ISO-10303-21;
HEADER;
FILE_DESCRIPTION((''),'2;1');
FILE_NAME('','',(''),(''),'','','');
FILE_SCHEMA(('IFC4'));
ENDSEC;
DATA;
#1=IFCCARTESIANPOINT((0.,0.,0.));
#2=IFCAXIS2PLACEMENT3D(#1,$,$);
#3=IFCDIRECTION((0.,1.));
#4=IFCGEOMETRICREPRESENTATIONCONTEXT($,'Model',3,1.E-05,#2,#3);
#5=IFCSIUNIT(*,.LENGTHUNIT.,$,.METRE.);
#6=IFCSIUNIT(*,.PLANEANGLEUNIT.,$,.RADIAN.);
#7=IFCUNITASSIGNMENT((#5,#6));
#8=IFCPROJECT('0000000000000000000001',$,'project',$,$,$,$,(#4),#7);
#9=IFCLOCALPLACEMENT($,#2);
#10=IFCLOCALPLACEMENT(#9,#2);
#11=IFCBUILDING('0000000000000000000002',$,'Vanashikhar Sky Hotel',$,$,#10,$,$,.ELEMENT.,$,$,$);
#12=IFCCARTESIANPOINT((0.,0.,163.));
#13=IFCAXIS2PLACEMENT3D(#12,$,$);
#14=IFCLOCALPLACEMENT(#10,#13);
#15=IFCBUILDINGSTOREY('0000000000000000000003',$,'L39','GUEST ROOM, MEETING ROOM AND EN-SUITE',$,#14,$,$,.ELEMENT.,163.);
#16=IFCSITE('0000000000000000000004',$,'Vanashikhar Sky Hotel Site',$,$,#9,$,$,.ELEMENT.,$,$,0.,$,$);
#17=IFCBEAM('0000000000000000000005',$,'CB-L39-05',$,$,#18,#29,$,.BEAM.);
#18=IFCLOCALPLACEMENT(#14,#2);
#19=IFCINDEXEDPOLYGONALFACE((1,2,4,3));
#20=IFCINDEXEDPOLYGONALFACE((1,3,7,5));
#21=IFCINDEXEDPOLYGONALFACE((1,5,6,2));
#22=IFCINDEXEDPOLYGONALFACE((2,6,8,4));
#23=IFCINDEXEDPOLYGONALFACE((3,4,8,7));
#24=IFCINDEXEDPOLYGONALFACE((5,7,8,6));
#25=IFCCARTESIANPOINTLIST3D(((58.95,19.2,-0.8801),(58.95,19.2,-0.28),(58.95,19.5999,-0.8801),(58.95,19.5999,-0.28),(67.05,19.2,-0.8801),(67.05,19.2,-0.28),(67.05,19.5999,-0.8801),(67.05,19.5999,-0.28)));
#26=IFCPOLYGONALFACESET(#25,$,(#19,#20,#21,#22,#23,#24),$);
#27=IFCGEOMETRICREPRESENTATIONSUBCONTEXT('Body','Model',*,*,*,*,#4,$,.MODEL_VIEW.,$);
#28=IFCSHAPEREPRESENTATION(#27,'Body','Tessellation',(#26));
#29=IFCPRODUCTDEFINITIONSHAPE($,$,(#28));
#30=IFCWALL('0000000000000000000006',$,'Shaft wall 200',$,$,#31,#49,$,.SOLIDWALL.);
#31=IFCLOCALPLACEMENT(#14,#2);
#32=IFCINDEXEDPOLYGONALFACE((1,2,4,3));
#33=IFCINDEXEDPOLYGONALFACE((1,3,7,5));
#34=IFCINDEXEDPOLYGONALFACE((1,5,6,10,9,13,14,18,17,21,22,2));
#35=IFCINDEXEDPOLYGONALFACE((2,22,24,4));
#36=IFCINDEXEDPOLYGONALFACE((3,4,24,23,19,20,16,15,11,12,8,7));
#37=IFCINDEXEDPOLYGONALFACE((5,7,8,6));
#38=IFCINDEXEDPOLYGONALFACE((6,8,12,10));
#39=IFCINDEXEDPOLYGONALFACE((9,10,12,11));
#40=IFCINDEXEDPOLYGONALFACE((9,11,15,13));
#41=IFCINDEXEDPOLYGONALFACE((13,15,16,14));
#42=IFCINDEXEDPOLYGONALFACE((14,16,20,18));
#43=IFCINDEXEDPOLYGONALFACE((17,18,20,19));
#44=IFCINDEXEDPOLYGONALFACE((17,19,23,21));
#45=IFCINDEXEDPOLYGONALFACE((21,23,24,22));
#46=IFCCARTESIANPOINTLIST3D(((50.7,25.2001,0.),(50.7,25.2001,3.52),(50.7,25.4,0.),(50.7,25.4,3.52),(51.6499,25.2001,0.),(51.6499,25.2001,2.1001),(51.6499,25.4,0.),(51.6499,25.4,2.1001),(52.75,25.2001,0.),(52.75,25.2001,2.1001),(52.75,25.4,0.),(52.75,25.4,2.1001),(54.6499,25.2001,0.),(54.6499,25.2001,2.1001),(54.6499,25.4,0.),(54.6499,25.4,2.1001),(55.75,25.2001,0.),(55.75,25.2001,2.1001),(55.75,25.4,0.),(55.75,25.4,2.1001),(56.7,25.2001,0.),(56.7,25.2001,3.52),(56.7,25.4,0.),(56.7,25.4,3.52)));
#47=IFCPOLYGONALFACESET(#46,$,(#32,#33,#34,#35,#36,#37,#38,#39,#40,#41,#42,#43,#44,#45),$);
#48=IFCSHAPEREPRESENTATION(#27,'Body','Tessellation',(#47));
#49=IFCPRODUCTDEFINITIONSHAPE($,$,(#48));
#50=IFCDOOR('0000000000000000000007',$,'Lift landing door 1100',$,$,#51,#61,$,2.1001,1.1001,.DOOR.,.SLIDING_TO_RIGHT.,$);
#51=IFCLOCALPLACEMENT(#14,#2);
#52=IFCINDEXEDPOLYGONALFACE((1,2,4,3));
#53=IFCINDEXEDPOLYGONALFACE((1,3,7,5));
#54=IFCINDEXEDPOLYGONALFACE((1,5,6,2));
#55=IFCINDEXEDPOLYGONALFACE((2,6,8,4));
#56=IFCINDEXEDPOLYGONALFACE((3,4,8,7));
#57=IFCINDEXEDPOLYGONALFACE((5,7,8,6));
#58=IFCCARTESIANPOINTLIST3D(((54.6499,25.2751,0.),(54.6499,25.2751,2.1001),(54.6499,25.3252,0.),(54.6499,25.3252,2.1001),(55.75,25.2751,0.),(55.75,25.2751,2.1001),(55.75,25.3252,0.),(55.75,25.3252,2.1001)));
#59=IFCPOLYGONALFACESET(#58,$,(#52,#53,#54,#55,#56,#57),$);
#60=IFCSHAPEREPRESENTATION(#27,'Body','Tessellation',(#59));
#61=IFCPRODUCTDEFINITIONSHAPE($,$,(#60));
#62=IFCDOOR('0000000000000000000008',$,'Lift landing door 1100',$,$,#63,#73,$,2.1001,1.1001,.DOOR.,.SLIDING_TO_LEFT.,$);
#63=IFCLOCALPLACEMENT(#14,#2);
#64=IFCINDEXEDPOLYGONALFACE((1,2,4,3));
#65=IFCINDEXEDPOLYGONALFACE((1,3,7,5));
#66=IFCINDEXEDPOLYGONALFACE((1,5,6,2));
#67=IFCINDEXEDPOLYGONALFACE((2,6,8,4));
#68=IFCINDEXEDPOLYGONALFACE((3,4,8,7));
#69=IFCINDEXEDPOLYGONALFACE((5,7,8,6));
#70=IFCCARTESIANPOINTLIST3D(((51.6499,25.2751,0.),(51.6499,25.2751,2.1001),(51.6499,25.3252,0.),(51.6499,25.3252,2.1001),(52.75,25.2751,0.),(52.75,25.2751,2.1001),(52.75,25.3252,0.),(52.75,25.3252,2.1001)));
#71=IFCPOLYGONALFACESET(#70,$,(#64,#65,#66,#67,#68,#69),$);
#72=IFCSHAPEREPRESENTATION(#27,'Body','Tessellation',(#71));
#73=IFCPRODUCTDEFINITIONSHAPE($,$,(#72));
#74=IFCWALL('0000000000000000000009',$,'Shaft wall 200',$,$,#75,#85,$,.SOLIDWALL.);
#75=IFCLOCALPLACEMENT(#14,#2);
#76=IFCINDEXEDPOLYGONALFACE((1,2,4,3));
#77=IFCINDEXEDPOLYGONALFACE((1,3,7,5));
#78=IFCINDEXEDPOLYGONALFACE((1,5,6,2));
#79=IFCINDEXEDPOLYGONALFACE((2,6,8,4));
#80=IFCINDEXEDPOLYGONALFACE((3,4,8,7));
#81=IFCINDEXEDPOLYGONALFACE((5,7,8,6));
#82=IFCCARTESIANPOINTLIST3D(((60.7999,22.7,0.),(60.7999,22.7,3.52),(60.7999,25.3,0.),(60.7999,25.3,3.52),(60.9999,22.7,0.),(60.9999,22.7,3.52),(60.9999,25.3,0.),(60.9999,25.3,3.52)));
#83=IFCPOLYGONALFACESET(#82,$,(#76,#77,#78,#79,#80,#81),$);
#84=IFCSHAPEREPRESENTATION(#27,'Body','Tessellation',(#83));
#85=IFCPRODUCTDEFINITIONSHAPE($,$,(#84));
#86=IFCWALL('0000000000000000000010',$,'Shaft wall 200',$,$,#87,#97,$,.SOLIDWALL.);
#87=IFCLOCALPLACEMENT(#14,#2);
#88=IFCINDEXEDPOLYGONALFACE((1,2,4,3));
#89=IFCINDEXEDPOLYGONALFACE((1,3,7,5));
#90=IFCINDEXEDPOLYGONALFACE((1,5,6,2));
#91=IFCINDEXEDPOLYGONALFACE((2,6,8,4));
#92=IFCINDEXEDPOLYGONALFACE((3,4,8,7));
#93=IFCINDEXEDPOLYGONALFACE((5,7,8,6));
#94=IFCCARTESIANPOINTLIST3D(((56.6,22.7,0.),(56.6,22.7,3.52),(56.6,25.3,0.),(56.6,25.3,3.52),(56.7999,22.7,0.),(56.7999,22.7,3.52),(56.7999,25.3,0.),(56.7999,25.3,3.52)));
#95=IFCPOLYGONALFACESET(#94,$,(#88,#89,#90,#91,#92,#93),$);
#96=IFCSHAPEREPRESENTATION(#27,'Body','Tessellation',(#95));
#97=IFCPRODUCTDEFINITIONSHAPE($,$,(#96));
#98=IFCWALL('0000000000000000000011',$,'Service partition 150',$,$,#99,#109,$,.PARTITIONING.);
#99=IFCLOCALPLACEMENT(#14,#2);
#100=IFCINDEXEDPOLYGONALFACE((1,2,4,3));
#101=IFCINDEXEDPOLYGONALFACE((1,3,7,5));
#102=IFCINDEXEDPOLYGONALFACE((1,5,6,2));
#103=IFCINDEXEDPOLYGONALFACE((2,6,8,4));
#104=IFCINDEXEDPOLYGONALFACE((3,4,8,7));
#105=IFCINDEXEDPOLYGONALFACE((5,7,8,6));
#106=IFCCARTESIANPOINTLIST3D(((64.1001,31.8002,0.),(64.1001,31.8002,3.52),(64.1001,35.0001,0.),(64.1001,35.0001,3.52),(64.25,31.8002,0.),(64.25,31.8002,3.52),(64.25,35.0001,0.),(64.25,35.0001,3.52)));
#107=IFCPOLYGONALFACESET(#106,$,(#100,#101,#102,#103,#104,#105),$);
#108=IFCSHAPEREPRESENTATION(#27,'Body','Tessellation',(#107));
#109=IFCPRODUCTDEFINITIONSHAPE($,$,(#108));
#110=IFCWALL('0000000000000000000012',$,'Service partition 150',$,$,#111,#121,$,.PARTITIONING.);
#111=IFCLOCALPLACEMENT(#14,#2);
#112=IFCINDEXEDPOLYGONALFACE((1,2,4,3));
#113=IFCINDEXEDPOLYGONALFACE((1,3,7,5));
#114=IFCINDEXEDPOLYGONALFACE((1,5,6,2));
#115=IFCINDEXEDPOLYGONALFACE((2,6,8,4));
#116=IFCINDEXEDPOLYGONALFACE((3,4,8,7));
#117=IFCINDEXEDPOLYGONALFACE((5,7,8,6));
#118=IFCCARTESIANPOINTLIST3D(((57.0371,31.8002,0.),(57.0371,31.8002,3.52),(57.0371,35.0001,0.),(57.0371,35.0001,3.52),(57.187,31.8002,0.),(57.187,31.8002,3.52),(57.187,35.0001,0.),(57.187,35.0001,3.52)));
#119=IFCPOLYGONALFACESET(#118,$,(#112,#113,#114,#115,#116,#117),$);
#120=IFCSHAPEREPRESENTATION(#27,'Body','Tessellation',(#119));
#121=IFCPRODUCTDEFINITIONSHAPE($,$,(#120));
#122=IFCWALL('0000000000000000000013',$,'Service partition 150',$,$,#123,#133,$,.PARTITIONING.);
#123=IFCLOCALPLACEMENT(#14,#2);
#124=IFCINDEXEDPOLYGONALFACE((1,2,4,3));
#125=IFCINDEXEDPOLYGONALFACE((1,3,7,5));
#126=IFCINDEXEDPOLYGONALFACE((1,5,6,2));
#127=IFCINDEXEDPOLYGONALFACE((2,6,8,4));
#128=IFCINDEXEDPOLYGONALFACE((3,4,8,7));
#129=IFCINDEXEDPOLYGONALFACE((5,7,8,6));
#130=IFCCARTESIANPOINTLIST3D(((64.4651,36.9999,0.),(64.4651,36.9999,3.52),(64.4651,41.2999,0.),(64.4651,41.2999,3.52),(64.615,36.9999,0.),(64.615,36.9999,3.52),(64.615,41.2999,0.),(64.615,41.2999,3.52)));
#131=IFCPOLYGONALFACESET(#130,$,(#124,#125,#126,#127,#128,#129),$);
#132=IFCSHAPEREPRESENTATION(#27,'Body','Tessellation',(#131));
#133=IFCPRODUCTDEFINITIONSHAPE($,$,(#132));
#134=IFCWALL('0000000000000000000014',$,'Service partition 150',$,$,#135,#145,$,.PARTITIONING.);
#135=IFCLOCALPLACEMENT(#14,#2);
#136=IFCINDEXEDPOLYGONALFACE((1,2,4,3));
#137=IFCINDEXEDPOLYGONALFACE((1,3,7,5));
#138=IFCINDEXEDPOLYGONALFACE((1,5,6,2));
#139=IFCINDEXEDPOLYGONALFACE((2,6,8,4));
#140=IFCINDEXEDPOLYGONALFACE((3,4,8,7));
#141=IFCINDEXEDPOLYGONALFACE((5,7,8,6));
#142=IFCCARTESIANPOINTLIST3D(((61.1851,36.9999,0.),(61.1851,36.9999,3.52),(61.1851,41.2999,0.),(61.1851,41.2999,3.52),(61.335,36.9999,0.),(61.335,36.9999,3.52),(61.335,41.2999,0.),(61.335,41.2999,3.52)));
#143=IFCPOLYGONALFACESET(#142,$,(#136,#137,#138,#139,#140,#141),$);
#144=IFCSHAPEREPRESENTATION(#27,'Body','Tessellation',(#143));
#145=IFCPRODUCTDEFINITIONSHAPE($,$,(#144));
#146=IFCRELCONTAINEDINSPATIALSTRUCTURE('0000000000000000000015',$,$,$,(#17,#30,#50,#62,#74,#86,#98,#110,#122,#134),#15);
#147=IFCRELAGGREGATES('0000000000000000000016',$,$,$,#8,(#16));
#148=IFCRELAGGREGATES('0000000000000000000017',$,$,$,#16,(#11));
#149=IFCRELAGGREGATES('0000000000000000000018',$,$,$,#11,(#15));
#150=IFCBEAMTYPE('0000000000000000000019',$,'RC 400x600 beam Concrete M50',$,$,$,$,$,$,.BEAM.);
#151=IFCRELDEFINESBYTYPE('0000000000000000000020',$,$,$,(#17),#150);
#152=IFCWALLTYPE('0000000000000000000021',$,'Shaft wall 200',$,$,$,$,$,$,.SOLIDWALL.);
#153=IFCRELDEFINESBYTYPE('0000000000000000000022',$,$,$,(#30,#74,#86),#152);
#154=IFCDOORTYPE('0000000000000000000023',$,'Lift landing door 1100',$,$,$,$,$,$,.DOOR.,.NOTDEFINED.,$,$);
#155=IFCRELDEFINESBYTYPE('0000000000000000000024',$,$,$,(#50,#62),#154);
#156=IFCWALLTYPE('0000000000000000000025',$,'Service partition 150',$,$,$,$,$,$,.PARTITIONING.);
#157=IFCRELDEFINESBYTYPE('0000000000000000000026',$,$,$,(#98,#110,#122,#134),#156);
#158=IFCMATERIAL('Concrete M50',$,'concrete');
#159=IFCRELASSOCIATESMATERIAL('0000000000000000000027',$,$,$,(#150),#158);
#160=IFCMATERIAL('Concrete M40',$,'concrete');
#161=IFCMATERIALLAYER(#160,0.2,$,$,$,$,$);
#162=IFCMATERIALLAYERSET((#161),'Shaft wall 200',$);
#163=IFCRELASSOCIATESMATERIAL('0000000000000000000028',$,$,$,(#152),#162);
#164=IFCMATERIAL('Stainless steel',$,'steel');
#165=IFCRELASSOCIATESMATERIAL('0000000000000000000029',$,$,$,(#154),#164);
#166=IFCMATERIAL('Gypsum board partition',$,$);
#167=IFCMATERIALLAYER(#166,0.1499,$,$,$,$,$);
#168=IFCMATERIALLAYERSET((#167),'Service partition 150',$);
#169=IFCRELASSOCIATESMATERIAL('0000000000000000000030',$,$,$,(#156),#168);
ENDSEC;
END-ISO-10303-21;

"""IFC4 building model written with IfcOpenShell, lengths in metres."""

from ifc_helpers import new_model, si_unit, direction, frame, frame_2d, origin, origin_2d, place, context, subcontext, project, spatial, rectangle, extrude, source, transform, mapped, material, layer, layer_set, material_profile, profile_set, type_object, element, fill, save


model = new_model("IFC4")

# Units and contexts
model_context = context("Model", 3, precision=1e-05, world=origin(), true_north=direction((0.0, 1.0)))
body_context = subcontext(model_context, "Body", "Model", "MODEL_VIEW")
ifc_project = project(units=[si_unit("LENGTHUNIT", "METRE"), si_unit("PLANEANGLEUNIT", "RADIAN")], contexts=[model_context])

# Site, building, storey
site_placement = place(None, origin())
site = spatial("IfcSite", under=ifc_project, at=site_placement, Name="Vanashikhar Sky Hotel Site", CompositionType="ELEMENT", RefElevation=0.0)
building_placement = place(site_placement, origin())
building = spatial("IfcBuilding", under=site, at=building_placement, Name="Vanashikhar Sky Hotel", CompositionType="ELEMENT")
storey_placement = place(building_placement, frame((0.0, 0.0, 163.0)))
storey = spatial("IfcBuildingStorey", under=building, at=storey_placement, Name="L39", Description="GUEST ROOM, MEETING ROOM AND EN-SUITE", CompositionType="ELEMENT", Elevation=163.0)

# Beam
ifc_material_1 = material(Name="Concrete M50", Category="concrete")
ifc_material_profile = material_profile(ifc_material_1, rectangle(XDim=0.3999, YDim=0.6001, at=origin_2d()))
ifc_profile_set = profile_set([ifc_material_profile], Name="RC 400x600 beam Concrete M50")
beam_type = type_object("IfcBeamType", Name="RC 400x600 beam Concrete M50", PredefinedType="BEAM", material=ifc_profile_set)
shared_shape_1 = source(origin(), body_context, "Body", "SweptSolid", [
    extrude(rectangle(XDim=0.3999, YDim=0.6001, at=origin_2d()), origin(), (0.0, 0.0, 1.0), 8.1001),
])
beam_placement = place(storey_placement, frame((58.95, 19.3999, -0.5801), z_axis=(1.0, 0.0, 0.0), x_axis=(0.0, 1.0, 0.0)))
element("IfcBeam", 1, at=beam_placement, inside=storey, type_object=beam_type, Name="CB-L39-05", PredefinedType="BEAM", context=body_context, shape_type="MappedRepresentation", body=[
    mapped(shared_shape_1, transform((0.0, 0.0, 0.0), scale=1.0)),
])

# Wall, openings, doors
ifc_material_2 = material(Name="Concrete M40", Category="concrete")
ifc_layer_1 = layer(ifc_material_2, 0.2)
ifc_layer_set_1 = layer_set([ifc_layer_1], Name="Shaft wall 200")
wall_type_1 = type_object("IfcWallType", Name="Shaft wall 200", PredefinedType="SOLIDWALL", material=ifc_layer_set_1)
shared_shape_2 = source(origin(), body_context, "Body", "SweptSolid", [
    extrude(rectangle(XDim=6.0, YDim=0.2, at=frame_2d((3.0, 0.0))), origin(), (0.0, 0.0, 1.0), 3.52),
])
wall_1_placement = place(storey_placement, frame((56.7, 25.3, 0.0), z_axis=(0.0, 0.0, 1.0), x_axis=(-1.0, 0.0, 0.0)))
wall_1 = element("IfcWall", 2, at=wall_1_placement, inside=storey, type_object=wall_type_1, Name="Shaft wall 200", PredefinedType="SOLIDWALL", context=body_context, shape_type="MappedRepresentation", body=[
    mapped(shared_shape_2, transform((0.0, 0.0, 0.0), scale=1.0)),
])
shared_shape_3 = source(origin(), body_context, "Body", "SweptSolid", [
    extrude(rectangle(XDim=1.1001, YDim=2.1001, at=frame_2d((0.55, 1.05))), frame((0.0, 0.1099, 0.0), z_axis=(0.0, -1.0, 0.0), x_axis=(1.0, 0.0, 0.0)), (0.0, 0.0, 1.0), 0.22),
])
opening_1_placement = place(wall_1_placement, frame((0.95, 0.0, 0.0)))
opening_1 = element("IfcOpeningElement", 3, at=opening_1_placement, cuts=wall_1, PredefinedType="OPENING", context=body_context, shape_type="MappedRepresentation", body=[
    mapped(shared_shape_3, transform((0.0, 0.0, 0.0), scale=1.0)),
])
opening_2_placement = place(wall_1_placement, frame((3.95, 0.0, 0.0)))
opening_2 = element("IfcOpeningElement", 4, at=opening_2_placement, cuts=wall_1, PredefinedType="OPENING", context=body_context, shape_type="MappedRepresentation", body=[
    mapped(shared_shape_3, transform((0.0, 0.0, 0.0), scale=1.0)),
])
ifc_material_3 = material(Name="Stainless steel", Category="steel")
door_type_1 = type_object("IfcDoorType", Name="Lift landing door 1100", OperationType="NOTDEFINED", PredefinedType="DOOR", material=ifc_material_3)
shared_shape_4 = source(origin(), body_context, "Body", "SweptSolid", [
    extrude(rectangle(XDim=1.1001, YDim=2.1001, at=frame_2d((0.55, 1.05))), frame((0.0, 0.0249, 0.0), z_axis=(0.0, -1.0, 0.0), x_axis=(1.0, 0.0, 0.0)), (0.0, 0.0, 1.0), 0.05),
])
door_1_placement = place(opening_1_placement, origin())
door_1 = element("IfcDoor", 5, at=door_1_placement, inside=storey, type_object=door_type_1, Name="Lift landing door 1100", OperationType="SLIDING_TO_RIGHT", OverallHeight=2.1001, OverallWidth=1.1001, PredefinedType="DOOR", context=body_context, shape_type="MappedRepresentation", body=[
    mapped(shared_shape_4, transform((0.0, 0.0, 0.0), scale=1.0)),
])
fill(opening_1, door_1)
door_2_placement = place(opening_2_placement, origin())
door_2 = element("IfcDoor", 6, at=door_2_placement, inside=storey, type_object=door_type_1, Name="Lift landing door 1100", OperationType="SLIDING_TO_LEFT", OverallHeight=2.1001, OverallWidth=1.1001, PredefinedType="DOOR", context=body_context, shape_type="MappedRepresentation", body=[
    mapped(shared_shape_4, transform((0.0, 0.0, 0.0), scale=1.0)),
])
fill(opening_2, door_2)

# Walls
shared_shape_5 = source(origin(), body_context, "Body", "SweptSolid", [
    extrude(rectangle(XDim=2.6001, YDim=0.2, at=frame_2d((1.3, 0.0))), origin(), (0.0, 0.0, 1.0), 3.52),
])
for number, where, z_axis, x_axis, name in (
    (7, (60.8999, 22.7, 0.0), (0.0, 0.0, 1.0), (0.0, 1.0, 0.0), "Shaft wall 200"),
    (8, (56.7, 22.7, 0.0), (0.0, 0.0, 1.0), (0.0, 1.0, 0.0), "Shaft wall 200"),
):
    element("IfcWall", number, at=place(storey_placement, frame(where, z_axis=z_axis, x_axis=x_axis)), inside=storey, type_object=wall_type_1, Name=name, PredefinedType="SOLIDWALL", context=body_context, shape_type="MappedRepresentation", body=[
        mapped(shared_shape_5, transform((0.0, 0.0, 0.0), scale=1.0)),
    ])
ifc_material_4 = material(Name="Gypsum board partition")
ifc_layer_2 = layer(ifc_material_4, 0.1499)
ifc_layer_set_2 = layer_set([ifc_layer_2], Name="Service partition 150")
wall_type_2 = type_object("IfcWallType", Name="Service partition 150", PredefinedType="PARTITIONING", material=ifc_layer_set_2)
shared_shape_6 = source(origin(), body_context, "Body", "SweptSolid", [
    extrude(rectangle(XDim=3.2, YDim=0.1499, at=frame_2d((1.6001, 0.0))), origin(), (0.0, 0.0, 1.0), 3.52),
])
for number, where, z_axis, x_axis, name in (
    (9, (64.175, 31.8, 0.0), (0.0, 0.0, 1.0), (0.0, 1.0, 0.0), "Service partition 150"),
    (10, (57.1121, 31.8, 0.0), (0.0, 0.0, 1.0), (0.0, 1.0, 0.0), "Service partition 150"),
):
    element("IfcWall", number, at=place(storey_placement, frame(where, z_axis=z_axis, x_axis=x_axis)), inside=storey, type_object=wall_type_2, Name=name, PredefinedType="PARTITIONING", context=body_context, shape_type="MappedRepresentation", body=[
        mapped(shared_shape_6, transform((0.0, 0.0, 0.0), scale=1.0)),
    ])
shared_shape_7 = source(origin(), body_context, "Body", "SweptSolid", [
    extrude(rectangle(XDim=4.3, YDim=0.1499, at=frame_2d((2.1499, 0.0))), origin(), (0.0, 0.0, 1.0), 3.52),
])
for number, where, z_axis, x_axis, name in (
    (11, (64.54, 37.0, 0.0), (0.0, 0.0, 1.0), (0.0, 1.0, 0.0), "Service partition 150"),
    (12, (61.26, 37.0, 0.0), (0.0, 0.0, 1.0), (0.0, 1.0, 0.0), "Service partition 150"),
):
    element("IfcWall", number, at=place(storey_placement, frame(where, z_axis=z_axis, x_axis=x_axis)), inside=storey, type_object=wall_type_2, Name=name, PredefinedType="PARTITIONING", context=body_context, shape_type="MappedRepresentation", body=[
        mapped(shared_shape_7, transform((0.0, 0.0, 0.0), scale=1.0)),
    ])

save(model, "model.ifc")
